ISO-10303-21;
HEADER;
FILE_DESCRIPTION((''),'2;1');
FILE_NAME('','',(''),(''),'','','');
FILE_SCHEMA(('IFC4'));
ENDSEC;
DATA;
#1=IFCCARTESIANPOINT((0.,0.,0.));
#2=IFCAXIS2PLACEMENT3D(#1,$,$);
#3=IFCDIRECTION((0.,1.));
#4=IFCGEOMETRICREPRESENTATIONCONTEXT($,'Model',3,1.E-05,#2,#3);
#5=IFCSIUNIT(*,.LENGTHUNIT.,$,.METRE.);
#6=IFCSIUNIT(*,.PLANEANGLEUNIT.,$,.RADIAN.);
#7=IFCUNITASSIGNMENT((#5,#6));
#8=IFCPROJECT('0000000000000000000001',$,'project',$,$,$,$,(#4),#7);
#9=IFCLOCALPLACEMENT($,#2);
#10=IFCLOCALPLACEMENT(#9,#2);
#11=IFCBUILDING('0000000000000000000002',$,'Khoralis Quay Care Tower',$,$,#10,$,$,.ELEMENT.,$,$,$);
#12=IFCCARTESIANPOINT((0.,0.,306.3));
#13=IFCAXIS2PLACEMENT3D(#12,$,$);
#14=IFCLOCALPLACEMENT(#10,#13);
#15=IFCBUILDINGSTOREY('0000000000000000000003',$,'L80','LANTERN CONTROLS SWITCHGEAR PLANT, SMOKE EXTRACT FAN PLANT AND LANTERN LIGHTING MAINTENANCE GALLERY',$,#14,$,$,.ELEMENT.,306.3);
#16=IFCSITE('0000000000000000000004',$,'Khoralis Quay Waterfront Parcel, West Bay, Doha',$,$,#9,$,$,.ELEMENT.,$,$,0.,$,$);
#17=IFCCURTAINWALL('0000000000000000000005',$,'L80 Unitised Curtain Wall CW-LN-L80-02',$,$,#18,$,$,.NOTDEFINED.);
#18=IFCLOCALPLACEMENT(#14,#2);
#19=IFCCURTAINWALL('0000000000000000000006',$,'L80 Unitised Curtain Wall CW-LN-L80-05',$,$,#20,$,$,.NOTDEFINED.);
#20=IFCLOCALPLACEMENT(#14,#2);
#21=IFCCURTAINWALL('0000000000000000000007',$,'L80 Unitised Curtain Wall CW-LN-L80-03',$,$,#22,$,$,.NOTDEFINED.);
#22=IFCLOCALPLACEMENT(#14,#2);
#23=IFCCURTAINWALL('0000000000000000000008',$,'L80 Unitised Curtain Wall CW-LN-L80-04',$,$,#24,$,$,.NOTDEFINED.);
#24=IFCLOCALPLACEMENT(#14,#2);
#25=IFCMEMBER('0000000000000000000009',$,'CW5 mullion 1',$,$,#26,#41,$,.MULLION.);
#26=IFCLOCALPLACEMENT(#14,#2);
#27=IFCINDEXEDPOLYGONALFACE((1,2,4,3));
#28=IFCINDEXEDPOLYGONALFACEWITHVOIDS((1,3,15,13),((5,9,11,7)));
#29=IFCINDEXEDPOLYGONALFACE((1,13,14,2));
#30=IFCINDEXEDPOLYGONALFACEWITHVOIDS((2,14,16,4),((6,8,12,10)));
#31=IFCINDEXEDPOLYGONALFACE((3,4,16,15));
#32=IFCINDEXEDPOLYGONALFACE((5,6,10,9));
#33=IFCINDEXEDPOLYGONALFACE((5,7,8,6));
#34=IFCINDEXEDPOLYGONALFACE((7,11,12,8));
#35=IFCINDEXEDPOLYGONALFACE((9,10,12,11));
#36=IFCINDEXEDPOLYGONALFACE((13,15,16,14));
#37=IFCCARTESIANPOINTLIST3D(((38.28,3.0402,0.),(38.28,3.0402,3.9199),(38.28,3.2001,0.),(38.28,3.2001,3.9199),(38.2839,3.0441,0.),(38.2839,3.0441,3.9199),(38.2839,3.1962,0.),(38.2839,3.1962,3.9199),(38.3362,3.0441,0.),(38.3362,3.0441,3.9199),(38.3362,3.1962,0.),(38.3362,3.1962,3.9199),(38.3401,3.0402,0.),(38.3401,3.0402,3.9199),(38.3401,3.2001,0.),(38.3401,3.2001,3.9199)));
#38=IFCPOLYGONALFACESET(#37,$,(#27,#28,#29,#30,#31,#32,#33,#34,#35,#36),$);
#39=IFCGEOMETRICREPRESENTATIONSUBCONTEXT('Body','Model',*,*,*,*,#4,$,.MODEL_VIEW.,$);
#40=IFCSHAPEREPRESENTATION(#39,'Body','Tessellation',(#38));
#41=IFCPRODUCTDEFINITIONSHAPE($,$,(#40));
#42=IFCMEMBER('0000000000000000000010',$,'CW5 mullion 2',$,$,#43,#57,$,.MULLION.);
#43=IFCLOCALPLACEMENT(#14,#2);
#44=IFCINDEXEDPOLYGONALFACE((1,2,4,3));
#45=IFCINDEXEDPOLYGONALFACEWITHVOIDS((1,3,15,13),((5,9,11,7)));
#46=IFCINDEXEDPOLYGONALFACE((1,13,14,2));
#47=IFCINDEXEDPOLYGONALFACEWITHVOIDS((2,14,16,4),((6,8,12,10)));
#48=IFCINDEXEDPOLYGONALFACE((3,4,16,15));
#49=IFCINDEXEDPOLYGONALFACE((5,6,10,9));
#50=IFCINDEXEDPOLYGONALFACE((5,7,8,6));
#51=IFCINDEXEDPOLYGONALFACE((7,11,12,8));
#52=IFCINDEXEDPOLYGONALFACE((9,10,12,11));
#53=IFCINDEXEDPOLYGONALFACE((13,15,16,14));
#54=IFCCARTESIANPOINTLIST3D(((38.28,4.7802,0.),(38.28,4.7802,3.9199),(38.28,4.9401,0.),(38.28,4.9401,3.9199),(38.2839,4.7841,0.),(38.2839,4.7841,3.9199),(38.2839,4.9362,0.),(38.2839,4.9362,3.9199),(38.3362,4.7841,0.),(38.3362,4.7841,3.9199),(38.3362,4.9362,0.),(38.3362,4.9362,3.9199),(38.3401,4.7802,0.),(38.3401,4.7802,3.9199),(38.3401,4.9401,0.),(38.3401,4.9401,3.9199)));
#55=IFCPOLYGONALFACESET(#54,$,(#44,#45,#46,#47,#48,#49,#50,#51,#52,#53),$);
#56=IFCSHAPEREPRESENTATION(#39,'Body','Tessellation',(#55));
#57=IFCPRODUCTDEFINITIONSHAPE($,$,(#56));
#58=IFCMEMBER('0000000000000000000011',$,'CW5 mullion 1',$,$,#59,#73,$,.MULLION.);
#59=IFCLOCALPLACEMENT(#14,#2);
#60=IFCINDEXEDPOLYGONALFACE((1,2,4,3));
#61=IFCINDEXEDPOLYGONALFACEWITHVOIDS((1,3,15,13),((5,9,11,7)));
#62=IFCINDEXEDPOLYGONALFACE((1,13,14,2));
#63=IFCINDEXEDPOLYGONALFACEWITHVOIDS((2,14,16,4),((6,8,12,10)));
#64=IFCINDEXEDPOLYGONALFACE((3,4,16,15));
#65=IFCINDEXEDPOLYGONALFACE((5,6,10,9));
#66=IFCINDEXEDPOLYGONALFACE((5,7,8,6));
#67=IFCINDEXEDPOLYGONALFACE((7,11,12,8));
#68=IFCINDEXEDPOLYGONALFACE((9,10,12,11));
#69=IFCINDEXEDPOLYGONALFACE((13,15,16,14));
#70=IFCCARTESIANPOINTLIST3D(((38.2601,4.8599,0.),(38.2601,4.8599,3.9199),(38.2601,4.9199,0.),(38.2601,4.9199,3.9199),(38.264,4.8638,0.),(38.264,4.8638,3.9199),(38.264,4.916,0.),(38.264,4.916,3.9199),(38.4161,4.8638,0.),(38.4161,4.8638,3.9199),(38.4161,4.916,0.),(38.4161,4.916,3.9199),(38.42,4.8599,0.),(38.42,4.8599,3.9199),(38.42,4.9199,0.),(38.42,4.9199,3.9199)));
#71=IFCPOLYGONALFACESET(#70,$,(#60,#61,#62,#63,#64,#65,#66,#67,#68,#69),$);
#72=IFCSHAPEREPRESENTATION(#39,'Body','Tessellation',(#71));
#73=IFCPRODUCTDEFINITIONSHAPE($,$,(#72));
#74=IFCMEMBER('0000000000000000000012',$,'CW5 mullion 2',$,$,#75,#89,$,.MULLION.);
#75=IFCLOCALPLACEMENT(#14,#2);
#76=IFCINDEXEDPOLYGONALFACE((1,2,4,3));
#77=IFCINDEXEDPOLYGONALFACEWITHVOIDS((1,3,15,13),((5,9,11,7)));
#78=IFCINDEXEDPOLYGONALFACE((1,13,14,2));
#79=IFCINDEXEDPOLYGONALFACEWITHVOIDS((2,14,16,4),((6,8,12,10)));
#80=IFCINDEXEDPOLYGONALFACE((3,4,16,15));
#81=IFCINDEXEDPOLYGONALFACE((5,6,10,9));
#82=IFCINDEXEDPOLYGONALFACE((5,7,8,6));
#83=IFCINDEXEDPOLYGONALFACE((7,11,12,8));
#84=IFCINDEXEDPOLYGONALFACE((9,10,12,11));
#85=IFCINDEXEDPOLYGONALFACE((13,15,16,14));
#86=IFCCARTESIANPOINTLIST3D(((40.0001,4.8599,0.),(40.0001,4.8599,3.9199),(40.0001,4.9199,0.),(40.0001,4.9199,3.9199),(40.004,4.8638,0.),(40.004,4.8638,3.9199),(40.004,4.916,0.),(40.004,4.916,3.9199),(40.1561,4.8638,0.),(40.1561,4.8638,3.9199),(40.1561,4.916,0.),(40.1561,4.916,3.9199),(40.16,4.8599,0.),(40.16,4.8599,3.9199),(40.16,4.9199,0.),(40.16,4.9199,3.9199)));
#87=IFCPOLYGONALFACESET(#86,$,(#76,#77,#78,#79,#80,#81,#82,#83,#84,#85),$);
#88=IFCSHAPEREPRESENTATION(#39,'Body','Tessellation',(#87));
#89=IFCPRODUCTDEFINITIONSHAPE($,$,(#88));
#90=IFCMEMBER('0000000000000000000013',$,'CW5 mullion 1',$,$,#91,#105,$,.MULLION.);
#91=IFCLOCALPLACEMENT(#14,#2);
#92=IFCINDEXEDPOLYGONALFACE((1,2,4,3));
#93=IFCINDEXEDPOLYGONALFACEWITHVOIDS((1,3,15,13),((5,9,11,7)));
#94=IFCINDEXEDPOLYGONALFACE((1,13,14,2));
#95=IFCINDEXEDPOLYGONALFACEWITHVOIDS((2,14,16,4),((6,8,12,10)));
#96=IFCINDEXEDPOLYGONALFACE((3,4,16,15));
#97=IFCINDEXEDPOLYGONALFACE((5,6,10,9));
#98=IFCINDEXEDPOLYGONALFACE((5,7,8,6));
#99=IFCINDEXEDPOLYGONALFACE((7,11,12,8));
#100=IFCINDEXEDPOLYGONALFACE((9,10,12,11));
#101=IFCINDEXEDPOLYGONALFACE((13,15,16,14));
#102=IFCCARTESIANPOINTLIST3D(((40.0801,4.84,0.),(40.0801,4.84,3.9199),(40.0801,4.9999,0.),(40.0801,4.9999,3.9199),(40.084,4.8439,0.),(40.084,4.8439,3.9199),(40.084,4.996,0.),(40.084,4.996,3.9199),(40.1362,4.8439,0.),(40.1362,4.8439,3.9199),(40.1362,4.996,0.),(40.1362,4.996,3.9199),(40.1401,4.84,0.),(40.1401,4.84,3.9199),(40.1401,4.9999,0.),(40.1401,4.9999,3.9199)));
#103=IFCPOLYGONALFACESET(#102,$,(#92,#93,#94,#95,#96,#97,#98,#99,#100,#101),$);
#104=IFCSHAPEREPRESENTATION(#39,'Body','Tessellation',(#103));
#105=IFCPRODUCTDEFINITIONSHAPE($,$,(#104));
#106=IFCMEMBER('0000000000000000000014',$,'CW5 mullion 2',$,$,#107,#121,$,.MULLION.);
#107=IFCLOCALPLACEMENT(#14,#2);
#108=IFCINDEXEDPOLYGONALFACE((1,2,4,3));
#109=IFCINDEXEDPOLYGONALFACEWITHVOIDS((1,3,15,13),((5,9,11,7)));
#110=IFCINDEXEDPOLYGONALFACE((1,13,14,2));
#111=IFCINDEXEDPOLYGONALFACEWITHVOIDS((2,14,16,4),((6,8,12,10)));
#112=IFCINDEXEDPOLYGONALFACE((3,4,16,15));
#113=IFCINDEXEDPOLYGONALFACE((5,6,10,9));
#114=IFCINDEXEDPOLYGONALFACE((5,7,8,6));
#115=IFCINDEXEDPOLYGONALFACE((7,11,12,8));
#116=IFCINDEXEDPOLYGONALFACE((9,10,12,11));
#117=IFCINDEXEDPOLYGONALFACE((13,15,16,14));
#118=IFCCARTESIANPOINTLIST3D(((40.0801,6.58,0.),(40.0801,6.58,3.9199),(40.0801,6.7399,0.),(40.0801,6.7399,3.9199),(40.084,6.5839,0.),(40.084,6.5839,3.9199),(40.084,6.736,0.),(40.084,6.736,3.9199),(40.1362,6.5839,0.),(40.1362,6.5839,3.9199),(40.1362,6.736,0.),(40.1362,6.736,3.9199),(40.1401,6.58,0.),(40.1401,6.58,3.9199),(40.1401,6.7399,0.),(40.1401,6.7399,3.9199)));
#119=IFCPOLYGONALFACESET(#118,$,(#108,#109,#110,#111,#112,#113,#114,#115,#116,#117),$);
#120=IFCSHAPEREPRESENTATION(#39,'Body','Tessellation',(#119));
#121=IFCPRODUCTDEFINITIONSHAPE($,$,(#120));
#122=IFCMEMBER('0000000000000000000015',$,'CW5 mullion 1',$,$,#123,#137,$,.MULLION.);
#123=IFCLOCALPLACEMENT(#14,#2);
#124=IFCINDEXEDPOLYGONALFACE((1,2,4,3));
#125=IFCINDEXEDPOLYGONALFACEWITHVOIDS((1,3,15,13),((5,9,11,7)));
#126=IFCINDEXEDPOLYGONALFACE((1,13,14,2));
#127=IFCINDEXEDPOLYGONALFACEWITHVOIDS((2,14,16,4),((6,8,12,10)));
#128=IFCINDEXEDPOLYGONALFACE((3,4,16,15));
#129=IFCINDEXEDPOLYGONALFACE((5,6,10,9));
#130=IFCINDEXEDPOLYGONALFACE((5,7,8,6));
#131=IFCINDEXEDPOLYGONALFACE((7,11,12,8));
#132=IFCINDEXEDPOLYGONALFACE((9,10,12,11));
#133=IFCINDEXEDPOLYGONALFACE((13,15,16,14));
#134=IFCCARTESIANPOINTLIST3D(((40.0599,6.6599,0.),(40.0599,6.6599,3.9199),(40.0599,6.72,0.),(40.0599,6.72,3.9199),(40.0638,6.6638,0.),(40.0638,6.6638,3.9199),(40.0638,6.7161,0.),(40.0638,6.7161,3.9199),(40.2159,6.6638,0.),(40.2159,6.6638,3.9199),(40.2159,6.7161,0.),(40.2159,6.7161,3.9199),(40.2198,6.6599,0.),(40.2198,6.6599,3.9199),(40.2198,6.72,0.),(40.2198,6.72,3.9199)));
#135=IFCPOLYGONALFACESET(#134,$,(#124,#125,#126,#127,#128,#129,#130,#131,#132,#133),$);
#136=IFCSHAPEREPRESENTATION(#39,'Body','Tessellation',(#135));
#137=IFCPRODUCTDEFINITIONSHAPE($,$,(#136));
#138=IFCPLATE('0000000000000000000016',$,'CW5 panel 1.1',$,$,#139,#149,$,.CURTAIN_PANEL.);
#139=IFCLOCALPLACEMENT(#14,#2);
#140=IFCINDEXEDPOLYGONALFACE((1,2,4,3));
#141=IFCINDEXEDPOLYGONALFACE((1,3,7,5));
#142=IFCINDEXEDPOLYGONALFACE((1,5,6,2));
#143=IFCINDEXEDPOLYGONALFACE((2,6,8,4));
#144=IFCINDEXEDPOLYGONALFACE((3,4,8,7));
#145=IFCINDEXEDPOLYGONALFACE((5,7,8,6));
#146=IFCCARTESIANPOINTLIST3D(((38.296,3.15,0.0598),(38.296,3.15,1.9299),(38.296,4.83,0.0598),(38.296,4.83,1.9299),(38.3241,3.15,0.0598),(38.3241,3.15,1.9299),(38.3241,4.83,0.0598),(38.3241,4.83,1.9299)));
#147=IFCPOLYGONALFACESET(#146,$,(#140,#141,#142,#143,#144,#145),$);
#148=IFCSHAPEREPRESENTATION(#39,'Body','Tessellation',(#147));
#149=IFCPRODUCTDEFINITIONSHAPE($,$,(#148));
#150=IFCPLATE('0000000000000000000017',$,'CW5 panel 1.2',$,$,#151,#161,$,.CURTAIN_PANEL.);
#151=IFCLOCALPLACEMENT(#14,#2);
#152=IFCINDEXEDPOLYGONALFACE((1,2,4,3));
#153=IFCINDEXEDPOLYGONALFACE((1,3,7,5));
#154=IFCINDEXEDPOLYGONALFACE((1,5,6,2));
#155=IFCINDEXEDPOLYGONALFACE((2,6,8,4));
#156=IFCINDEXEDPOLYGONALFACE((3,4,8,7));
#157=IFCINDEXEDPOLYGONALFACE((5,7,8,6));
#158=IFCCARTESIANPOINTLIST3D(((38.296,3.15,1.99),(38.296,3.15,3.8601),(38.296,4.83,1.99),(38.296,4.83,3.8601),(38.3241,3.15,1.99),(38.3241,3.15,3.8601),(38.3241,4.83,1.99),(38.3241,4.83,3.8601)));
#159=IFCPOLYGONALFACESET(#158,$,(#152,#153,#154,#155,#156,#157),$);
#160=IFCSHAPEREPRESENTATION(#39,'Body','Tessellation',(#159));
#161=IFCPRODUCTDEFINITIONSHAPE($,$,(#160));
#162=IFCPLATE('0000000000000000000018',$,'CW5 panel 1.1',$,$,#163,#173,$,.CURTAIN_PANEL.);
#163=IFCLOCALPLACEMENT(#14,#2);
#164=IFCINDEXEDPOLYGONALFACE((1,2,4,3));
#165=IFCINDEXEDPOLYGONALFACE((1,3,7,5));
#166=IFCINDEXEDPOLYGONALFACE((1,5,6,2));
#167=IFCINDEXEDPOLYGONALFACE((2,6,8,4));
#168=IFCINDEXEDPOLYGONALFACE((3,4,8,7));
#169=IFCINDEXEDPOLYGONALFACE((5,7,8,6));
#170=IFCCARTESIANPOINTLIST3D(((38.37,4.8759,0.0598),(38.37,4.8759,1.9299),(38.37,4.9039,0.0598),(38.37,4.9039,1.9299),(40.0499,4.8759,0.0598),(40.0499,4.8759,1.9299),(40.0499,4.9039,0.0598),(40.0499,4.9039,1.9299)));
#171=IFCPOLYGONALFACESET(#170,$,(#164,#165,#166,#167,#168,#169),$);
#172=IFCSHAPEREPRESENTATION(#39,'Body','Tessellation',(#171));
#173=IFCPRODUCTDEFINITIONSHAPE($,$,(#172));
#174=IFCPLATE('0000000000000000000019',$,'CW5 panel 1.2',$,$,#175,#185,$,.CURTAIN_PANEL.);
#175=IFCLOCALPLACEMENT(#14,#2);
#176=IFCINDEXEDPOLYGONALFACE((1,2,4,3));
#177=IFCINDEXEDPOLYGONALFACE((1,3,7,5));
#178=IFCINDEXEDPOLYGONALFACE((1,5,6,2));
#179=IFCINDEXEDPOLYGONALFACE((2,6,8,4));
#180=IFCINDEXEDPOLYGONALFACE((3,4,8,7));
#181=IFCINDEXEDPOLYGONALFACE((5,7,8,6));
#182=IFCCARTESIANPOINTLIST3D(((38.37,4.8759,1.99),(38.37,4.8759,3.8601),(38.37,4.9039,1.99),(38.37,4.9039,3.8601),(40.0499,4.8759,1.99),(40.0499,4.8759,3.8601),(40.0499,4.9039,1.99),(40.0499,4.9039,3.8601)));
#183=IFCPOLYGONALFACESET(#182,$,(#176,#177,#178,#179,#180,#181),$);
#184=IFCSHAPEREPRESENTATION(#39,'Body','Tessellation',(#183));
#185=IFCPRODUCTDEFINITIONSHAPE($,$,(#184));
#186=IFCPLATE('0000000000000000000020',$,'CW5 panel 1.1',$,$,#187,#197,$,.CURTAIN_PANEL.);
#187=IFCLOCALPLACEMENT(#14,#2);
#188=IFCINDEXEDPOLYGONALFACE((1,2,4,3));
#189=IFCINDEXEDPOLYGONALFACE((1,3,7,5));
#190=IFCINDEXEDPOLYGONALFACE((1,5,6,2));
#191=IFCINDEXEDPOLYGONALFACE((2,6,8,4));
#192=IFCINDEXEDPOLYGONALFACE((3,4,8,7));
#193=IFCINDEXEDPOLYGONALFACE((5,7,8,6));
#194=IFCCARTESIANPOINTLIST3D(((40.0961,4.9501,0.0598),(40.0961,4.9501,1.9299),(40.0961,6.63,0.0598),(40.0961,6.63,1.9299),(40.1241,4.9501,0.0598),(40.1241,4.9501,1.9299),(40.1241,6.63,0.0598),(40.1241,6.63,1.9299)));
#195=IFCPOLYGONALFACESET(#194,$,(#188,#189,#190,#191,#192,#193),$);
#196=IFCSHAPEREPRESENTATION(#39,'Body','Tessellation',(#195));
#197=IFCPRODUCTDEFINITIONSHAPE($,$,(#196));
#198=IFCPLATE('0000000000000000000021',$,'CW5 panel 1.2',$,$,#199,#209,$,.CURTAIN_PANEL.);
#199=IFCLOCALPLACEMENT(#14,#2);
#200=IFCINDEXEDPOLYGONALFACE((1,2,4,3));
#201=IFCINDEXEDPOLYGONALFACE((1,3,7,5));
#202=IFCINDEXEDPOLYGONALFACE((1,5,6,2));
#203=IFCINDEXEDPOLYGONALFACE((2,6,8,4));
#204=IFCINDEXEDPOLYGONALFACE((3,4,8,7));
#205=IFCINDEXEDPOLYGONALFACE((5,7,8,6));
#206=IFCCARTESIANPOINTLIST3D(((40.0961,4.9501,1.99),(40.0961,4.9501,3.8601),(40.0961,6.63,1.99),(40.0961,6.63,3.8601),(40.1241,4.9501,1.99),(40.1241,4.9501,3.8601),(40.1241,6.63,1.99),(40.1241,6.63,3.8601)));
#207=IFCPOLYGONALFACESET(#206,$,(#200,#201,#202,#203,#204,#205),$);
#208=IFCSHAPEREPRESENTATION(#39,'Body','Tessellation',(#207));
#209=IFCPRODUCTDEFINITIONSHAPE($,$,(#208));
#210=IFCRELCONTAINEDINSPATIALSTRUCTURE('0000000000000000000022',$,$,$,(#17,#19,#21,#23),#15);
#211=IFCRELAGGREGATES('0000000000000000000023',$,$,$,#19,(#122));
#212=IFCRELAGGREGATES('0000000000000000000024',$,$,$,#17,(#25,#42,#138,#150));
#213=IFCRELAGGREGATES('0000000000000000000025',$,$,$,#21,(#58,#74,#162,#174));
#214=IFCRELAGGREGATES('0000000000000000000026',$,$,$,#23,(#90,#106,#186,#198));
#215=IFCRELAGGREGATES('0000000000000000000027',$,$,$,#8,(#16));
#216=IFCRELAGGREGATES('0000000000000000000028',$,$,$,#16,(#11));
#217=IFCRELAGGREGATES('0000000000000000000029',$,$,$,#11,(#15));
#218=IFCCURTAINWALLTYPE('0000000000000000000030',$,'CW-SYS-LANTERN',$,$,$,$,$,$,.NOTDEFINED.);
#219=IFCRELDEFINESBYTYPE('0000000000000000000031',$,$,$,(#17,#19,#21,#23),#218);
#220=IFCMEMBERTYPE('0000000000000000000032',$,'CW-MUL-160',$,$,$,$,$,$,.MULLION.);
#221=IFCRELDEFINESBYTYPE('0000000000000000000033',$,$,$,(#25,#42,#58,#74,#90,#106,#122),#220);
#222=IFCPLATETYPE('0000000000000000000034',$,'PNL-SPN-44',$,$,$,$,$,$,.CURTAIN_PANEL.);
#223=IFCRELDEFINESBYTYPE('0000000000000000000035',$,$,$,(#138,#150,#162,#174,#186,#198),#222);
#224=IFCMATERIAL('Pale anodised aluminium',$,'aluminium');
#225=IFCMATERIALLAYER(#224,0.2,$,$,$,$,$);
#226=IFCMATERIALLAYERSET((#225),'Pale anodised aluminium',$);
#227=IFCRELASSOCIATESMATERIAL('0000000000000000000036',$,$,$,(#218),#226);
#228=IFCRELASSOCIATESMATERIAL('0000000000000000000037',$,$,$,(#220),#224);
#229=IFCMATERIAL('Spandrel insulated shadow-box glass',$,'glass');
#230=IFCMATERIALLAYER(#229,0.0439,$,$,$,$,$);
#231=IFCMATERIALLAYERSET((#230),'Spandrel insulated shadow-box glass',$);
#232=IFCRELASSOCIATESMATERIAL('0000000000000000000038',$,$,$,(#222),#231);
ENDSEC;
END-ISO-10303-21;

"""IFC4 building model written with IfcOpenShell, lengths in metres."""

from ifc_helpers import new_model, si_unit, direction, frame, origin, origin_2d, place, context, subcontext, project, spatial, rectangle, hollow_rectangle, extrude, source, transform, mapped, material, layer, layer_set, material_profile, profile_set, type_object, element, aggregate, save


model = new_model("IFC4")

# Units and contexts
model_context = context("Model", 3, precision=1e-05, world=origin(), true_north=direction((0.0, 1.0)))
body_context = subcontext(model_context, "Body", "Model", "MODEL_VIEW")
ifc_project = project(units=[si_unit("LENGTHUNIT", "METRE"), si_unit("PLANEANGLEUNIT", "RADIAN")], contexts=[model_context])

# Site, building, storey
site_placement = place(None, origin())
site = spatial("IfcSite", under=ifc_project, at=site_placement, Name="Khoralis Quay Waterfront Parcel, West Bay, Doha", CompositionType="ELEMENT", RefElevation=0.0)
building_placement = place(site_placement, origin())
building = spatial("IfcBuilding", under=site, at=building_placement, Name="Khoralis Quay Care Tower", CompositionType="ELEMENT")
storey_placement = place(building_placement, frame((0.0, 0.0, 306.3)))
storey = spatial("IfcBuildingStorey", under=building, at=storey_placement, Name="L80", Description="LANTERN CONTROLS SWITCHGEAR PLANT, SMOKE EXTRACT FAN PLANT AND LANTERN LIGHTING MAINTENANCE GALLERY", CompositionType="ELEMENT", Elevation=306.3)

# Curtain wall
ifc_material_1 = material(Name="Pale anodised aluminium", Category="aluminium")
ifc_layer_1 = layer(ifc_material_1, 0.2)
ifc_layer_set_1 = layer_set([ifc_layer_1], Name="Pale anodised aluminium")
curtain_wall_type = type_object("IfcCurtainWallType", Name="CW-SYS-LANTERN", PredefinedType="NOTDEFINED", material=ifc_layer_set_1)
curtain_wall_1_placement = place(storey_placement, origin())
curtain_wall_1 = element("IfcCurtainWall", 1, at=curtain_wall_1_placement, inside=storey, type_object=curtain_wall_type, Name="L80 Unitised Curtain Wall CW-LN-L80-02", PredefinedType="NOTDEFINED")

# Curtain wall
curtain_wall_2_placement = place(storey_placement, origin())
curtain_wall_2 = element("IfcCurtainWall", 2, at=curtain_wall_2_placement, inside=storey, type_object=curtain_wall_type, Name="L80 Unitised Curtain Wall CW-LN-L80-05", PredefinedType="NOTDEFINED")

# Curtain walls
curtain_wall_3_placement = place(storey_placement, origin())
curtain_wall_3 = element("IfcCurtainWall", 3, at=curtain_wall_3_placement, inside=storey, type_object=curtain_wall_type, Name="L80 Unitised Curtain Wall CW-LN-L80-03", PredefinedType="NOTDEFINED")
curtain_wall_4_placement = place(storey_placement, origin())
curtain_wall_4 = element("IfcCurtainWall", 4, at=curtain_wall_4_placement, inside=storey, type_object=curtain_wall_type, Name="L80 Unitised Curtain Wall CW-LN-L80-04", PredefinedType="NOTDEFINED")

# Shared definitions
ifc_material_profile_1 = material_profile(ifc_material_1, hollow_rectangle(XDim=0.0601, YDim=0.1599, WallThickness=0.0039, at=origin_2d()), Name="Pale anodised aluminium")
ifc_profile_set_1 = profile_set([ifc_material_profile_1], Name="Pale anodised aluminium")
member_type_1 = type_object("IfcMemberType", Name="CW-MUL-160", PredefinedType="MULLION", material=ifc_profile_set_1)
shared_shape_1 = source(origin(), body_context, "Body", "SweptSolid", [
    extrude(hollow_rectangle(XDim=0.0601, YDim=0.1599, WallThickness=0.0039, at=origin_2d()), origin(), (0.0, 0.0, 1.0), 3.9199),
])

# Members
member_1_placement = place(storey_placement, frame((38.3101, 3.1201, 0.0), z_axis=(0.0, 0.0, 1.0), x_axis=(-1.0, 0.0, 0.0)))
member_1 = element("IfcMember", 5, at=member_1_placement, type_object=member_type_1, Name="CW5 mullion 1", PredefinedType="MULLION", context=body_context, shape_type="MappedRepresentation", body=[
    mapped(shared_shape_1, transform((0.0, 0.0, 0.0), scale=1.0)),
])
member_2_placement = place(storey_placement, frame((38.3101, 4.8601, 0.0), z_axis=(0.0, 0.0, 1.0), x_axis=(-1.0, 0.0, 0.0)))
member_2 = element("IfcMember", 6, at=member_2_placement, type_object=member_type_1, Name="CW5 mullion 2", PredefinedType="MULLION", context=body_context, shape_type="MappedRepresentation", body=[
    mapped(shared_shape_1, transform((0.0, 0.0, 0.0), scale=1.0)),
])
member_3_placement = place(storey_placement, frame((38.3401, 4.8899, 0.0), z_axis=(0.0, 0.0, 1.0), x_axis=(0.0, 1.0, 0.0)))
member_3 = element("IfcMember", 7, at=member_3_placement, type_object=member_type_1, Name="CW5 mullion 1", PredefinedType="MULLION", context=body_context, shape_type="MappedRepresentation", body=[
    mapped(shared_shape_1, transform((0.0, 0.0, 0.0), scale=1.0)),
])
member_4_placement = place(storey_placement, frame((40.0801, 4.8899, 0.0), z_axis=(0.0, 0.0, 1.0), x_axis=(0.0, 1.0, 0.0)))
member_4 = element("IfcMember", 8, at=member_4_placement, type_object=member_type_1, Name="CW5 mullion 2", PredefinedType="MULLION", context=body_context, shape_type="MappedRepresentation", body=[
    mapped(shared_shape_1, transform((0.0, 0.0, 0.0), scale=1.0)),
])
member_5_placement = place(storey_placement, frame((40.1101, 4.9199, 0.0), z_axis=(0.0, 0.0, 1.0), x_axis=(-1.0, 0.0, 0.0)))
member_5 = element("IfcMember", 9, at=member_5_placement, type_object=member_type_1, Name="CW5 mullion 1", PredefinedType="MULLION", context=body_context, shape_type="MappedRepresentation", body=[
    mapped(shared_shape_1, transform((0.0, 0.0, 0.0), scale=1.0)),
])
member_6_placement = place(storey_placement, frame((40.1101, 6.6599, 0.0), z_axis=(0.0, 0.0, 1.0), x_axis=(-1.0, 0.0, 0.0)))
member_6 = element("IfcMember", 10, at=member_6_placement, type_object=member_type_1, Name="CW5 mullion 2", PredefinedType="MULLION", context=body_context, shape_type="MappedRepresentation", body=[
    mapped(shared_shape_1, transform((0.0, 0.0, 0.0), scale=1.0)),
])
member_7_placement = place(storey_placement, frame((40.1399, 6.6899, 0.0), z_axis=(0.0, 0.0, 1.0), x_axis=(0.0, 1.0, 0.0)))
member_7 = element("IfcMember", 11, at=member_7_placement, type_object=member_type_1, Name="CW5 mullion 1", PredefinedType="MULLION", context=body_context, shape_type="MappedRepresentation", body=[
    mapped(shared_shape_1, transform((0.0, 0.0, 0.0), scale=1.0)),
])
aggregate(curtain_wall_2, [member_7])

# Plates
ifc_material_2 = material(Name="Spandrel insulated shadow-box glass", Category="glass")
ifc_layer_2 = layer(ifc_material_2, 0.0439)
ifc_layer_set_2 = layer_set([ifc_layer_2], Name="Spandrel insulated shadow-box glass")
plate_type = type_object("IfcPlateType", Name="PNL-SPN-44", PredefinedType="CURTAIN_PANEL", material=ifc_layer_set_2)
shared_shape_2 = source(origin(), body_context, "Body", "SweptSolid", [
    extrude(rectangle(XDim=1.6799, YDim=0.0281, at=origin_2d()), origin(), (0.0, 0.0, 1.0), 1.8701),
])
plate_1_placement = place(storey_placement, frame((38.3101, 3.99, 0.0598), z_axis=(0.0, 0.0, 1.0), x_axis=(0.0, 1.0, 0.0)))
plate_1 = element("IfcPlate", 12, at=plate_1_placement, type_object=plate_type, Name="CW5 panel 1.1", PredefinedType="CURTAIN_PANEL", context=body_context, shape_type="MappedRepresentation", body=[
    mapped(shared_shape_2, transform((0.0, 0.0, 0.0), scale=1.0)),
])
plate_2_placement = place(storey_placement, frame((38.3101, 3.99, 1.99), z_axis=(0.0, 0.0, 1.0), x_axis=(0.0, 1.0, 0.0)))
plate_2 = element("IfcPlate", 13, at=plate_2_placement, type_object=plate_type, Name="CW5 panel 1.2", PredefinedType="CURTAIN_PANEL", context=body_context, shape_type="MappedRepresentation", body=[
    mapped(shared_shape_2, transform((0.0, 0.0, 0.0), scale=1.0)),
])
aggregate(curtain_wall_1, [member_1, member_2, plate_1, plate_2])
plate_3_placement = place(storey_placement, frame((39.21, 4.8899, 0.0598), z_axis=(0.0, 0.0, 1.0), x_axis=(1.0, 0.0, 0.0)))
plate_3 = element("IfcPlate", 14, at=plate_3_placement, type_object=plate_type, Name="CW5 panel 1.1", PredefinedType="CURTAIN_PANEL", context=body_context, shape_type="MappedRepresentation", body=[
    mapped(shared_shape_2, transform((0.0, 0.0, 0.0), scale=1.0)),
])
plate_4_placement = place(storey_placement, frame((39.21, 4.8899, 1.99), z_axis=(0.0, 0.0, 1.0), x_axis=(1.0, 0.0, 0.0)))
plate_4 = element("IfcPlate", 15, at=plate_4_placement, type_object=plate_type, Name="CW5 panel 1.2", PredefinedType="CURTAIN_PANEL", context=body_context, shape_type="MappedRepresentation", body=[
    mapped(shared_shape_2, transform((0.0, 0.0, 0.0), scale=1.0)),
])
aggregate(curtain_wall_3, [member_3, member_4, plate_3, plate_4])
plate_5_placement = place(storey_placement, frame((40.1101, 5.79, 0.0598), z_axis=(0.0, 0.0, 1.0), x_axis=(0.0, 1.0, 0.0)))
plate_5 = element("IfcPlate", 16, at=plate_5_placement, type_object=plate_type, Name="CW5 panel 1.1", PredefinedType="CURTAIN_PANEL", context=body_context, shape_type="MappedRepresentation", body=[
    mapped(shared_shape_2, transform((0.0, 0.0, 0.0), scale=1.0)),
])
plate_6_placement = place(storey_placement, frame((40.1101, 5.79, 1.99), z_axis=(0.0, 0.0, 1.0), x_axis=(0.0, 1.0, 0.0)))
plate_6 = element("IfcPlate", 17, at=plate_6_placement, type_object=plate_type, Name="CW5 panel 1.2", PredefinedType="CURTAIN_PANEL", context=body_context, shape_type="MappedRepresentation", body=[
    mapped(shared_shape_2, transform((0.0, 0.0, 0.0), scale=1.0)),
])
aggregate(curtain_wall_4, [member_5, member_6, plate_5, plate_6])

save(model, "model.ifc")
